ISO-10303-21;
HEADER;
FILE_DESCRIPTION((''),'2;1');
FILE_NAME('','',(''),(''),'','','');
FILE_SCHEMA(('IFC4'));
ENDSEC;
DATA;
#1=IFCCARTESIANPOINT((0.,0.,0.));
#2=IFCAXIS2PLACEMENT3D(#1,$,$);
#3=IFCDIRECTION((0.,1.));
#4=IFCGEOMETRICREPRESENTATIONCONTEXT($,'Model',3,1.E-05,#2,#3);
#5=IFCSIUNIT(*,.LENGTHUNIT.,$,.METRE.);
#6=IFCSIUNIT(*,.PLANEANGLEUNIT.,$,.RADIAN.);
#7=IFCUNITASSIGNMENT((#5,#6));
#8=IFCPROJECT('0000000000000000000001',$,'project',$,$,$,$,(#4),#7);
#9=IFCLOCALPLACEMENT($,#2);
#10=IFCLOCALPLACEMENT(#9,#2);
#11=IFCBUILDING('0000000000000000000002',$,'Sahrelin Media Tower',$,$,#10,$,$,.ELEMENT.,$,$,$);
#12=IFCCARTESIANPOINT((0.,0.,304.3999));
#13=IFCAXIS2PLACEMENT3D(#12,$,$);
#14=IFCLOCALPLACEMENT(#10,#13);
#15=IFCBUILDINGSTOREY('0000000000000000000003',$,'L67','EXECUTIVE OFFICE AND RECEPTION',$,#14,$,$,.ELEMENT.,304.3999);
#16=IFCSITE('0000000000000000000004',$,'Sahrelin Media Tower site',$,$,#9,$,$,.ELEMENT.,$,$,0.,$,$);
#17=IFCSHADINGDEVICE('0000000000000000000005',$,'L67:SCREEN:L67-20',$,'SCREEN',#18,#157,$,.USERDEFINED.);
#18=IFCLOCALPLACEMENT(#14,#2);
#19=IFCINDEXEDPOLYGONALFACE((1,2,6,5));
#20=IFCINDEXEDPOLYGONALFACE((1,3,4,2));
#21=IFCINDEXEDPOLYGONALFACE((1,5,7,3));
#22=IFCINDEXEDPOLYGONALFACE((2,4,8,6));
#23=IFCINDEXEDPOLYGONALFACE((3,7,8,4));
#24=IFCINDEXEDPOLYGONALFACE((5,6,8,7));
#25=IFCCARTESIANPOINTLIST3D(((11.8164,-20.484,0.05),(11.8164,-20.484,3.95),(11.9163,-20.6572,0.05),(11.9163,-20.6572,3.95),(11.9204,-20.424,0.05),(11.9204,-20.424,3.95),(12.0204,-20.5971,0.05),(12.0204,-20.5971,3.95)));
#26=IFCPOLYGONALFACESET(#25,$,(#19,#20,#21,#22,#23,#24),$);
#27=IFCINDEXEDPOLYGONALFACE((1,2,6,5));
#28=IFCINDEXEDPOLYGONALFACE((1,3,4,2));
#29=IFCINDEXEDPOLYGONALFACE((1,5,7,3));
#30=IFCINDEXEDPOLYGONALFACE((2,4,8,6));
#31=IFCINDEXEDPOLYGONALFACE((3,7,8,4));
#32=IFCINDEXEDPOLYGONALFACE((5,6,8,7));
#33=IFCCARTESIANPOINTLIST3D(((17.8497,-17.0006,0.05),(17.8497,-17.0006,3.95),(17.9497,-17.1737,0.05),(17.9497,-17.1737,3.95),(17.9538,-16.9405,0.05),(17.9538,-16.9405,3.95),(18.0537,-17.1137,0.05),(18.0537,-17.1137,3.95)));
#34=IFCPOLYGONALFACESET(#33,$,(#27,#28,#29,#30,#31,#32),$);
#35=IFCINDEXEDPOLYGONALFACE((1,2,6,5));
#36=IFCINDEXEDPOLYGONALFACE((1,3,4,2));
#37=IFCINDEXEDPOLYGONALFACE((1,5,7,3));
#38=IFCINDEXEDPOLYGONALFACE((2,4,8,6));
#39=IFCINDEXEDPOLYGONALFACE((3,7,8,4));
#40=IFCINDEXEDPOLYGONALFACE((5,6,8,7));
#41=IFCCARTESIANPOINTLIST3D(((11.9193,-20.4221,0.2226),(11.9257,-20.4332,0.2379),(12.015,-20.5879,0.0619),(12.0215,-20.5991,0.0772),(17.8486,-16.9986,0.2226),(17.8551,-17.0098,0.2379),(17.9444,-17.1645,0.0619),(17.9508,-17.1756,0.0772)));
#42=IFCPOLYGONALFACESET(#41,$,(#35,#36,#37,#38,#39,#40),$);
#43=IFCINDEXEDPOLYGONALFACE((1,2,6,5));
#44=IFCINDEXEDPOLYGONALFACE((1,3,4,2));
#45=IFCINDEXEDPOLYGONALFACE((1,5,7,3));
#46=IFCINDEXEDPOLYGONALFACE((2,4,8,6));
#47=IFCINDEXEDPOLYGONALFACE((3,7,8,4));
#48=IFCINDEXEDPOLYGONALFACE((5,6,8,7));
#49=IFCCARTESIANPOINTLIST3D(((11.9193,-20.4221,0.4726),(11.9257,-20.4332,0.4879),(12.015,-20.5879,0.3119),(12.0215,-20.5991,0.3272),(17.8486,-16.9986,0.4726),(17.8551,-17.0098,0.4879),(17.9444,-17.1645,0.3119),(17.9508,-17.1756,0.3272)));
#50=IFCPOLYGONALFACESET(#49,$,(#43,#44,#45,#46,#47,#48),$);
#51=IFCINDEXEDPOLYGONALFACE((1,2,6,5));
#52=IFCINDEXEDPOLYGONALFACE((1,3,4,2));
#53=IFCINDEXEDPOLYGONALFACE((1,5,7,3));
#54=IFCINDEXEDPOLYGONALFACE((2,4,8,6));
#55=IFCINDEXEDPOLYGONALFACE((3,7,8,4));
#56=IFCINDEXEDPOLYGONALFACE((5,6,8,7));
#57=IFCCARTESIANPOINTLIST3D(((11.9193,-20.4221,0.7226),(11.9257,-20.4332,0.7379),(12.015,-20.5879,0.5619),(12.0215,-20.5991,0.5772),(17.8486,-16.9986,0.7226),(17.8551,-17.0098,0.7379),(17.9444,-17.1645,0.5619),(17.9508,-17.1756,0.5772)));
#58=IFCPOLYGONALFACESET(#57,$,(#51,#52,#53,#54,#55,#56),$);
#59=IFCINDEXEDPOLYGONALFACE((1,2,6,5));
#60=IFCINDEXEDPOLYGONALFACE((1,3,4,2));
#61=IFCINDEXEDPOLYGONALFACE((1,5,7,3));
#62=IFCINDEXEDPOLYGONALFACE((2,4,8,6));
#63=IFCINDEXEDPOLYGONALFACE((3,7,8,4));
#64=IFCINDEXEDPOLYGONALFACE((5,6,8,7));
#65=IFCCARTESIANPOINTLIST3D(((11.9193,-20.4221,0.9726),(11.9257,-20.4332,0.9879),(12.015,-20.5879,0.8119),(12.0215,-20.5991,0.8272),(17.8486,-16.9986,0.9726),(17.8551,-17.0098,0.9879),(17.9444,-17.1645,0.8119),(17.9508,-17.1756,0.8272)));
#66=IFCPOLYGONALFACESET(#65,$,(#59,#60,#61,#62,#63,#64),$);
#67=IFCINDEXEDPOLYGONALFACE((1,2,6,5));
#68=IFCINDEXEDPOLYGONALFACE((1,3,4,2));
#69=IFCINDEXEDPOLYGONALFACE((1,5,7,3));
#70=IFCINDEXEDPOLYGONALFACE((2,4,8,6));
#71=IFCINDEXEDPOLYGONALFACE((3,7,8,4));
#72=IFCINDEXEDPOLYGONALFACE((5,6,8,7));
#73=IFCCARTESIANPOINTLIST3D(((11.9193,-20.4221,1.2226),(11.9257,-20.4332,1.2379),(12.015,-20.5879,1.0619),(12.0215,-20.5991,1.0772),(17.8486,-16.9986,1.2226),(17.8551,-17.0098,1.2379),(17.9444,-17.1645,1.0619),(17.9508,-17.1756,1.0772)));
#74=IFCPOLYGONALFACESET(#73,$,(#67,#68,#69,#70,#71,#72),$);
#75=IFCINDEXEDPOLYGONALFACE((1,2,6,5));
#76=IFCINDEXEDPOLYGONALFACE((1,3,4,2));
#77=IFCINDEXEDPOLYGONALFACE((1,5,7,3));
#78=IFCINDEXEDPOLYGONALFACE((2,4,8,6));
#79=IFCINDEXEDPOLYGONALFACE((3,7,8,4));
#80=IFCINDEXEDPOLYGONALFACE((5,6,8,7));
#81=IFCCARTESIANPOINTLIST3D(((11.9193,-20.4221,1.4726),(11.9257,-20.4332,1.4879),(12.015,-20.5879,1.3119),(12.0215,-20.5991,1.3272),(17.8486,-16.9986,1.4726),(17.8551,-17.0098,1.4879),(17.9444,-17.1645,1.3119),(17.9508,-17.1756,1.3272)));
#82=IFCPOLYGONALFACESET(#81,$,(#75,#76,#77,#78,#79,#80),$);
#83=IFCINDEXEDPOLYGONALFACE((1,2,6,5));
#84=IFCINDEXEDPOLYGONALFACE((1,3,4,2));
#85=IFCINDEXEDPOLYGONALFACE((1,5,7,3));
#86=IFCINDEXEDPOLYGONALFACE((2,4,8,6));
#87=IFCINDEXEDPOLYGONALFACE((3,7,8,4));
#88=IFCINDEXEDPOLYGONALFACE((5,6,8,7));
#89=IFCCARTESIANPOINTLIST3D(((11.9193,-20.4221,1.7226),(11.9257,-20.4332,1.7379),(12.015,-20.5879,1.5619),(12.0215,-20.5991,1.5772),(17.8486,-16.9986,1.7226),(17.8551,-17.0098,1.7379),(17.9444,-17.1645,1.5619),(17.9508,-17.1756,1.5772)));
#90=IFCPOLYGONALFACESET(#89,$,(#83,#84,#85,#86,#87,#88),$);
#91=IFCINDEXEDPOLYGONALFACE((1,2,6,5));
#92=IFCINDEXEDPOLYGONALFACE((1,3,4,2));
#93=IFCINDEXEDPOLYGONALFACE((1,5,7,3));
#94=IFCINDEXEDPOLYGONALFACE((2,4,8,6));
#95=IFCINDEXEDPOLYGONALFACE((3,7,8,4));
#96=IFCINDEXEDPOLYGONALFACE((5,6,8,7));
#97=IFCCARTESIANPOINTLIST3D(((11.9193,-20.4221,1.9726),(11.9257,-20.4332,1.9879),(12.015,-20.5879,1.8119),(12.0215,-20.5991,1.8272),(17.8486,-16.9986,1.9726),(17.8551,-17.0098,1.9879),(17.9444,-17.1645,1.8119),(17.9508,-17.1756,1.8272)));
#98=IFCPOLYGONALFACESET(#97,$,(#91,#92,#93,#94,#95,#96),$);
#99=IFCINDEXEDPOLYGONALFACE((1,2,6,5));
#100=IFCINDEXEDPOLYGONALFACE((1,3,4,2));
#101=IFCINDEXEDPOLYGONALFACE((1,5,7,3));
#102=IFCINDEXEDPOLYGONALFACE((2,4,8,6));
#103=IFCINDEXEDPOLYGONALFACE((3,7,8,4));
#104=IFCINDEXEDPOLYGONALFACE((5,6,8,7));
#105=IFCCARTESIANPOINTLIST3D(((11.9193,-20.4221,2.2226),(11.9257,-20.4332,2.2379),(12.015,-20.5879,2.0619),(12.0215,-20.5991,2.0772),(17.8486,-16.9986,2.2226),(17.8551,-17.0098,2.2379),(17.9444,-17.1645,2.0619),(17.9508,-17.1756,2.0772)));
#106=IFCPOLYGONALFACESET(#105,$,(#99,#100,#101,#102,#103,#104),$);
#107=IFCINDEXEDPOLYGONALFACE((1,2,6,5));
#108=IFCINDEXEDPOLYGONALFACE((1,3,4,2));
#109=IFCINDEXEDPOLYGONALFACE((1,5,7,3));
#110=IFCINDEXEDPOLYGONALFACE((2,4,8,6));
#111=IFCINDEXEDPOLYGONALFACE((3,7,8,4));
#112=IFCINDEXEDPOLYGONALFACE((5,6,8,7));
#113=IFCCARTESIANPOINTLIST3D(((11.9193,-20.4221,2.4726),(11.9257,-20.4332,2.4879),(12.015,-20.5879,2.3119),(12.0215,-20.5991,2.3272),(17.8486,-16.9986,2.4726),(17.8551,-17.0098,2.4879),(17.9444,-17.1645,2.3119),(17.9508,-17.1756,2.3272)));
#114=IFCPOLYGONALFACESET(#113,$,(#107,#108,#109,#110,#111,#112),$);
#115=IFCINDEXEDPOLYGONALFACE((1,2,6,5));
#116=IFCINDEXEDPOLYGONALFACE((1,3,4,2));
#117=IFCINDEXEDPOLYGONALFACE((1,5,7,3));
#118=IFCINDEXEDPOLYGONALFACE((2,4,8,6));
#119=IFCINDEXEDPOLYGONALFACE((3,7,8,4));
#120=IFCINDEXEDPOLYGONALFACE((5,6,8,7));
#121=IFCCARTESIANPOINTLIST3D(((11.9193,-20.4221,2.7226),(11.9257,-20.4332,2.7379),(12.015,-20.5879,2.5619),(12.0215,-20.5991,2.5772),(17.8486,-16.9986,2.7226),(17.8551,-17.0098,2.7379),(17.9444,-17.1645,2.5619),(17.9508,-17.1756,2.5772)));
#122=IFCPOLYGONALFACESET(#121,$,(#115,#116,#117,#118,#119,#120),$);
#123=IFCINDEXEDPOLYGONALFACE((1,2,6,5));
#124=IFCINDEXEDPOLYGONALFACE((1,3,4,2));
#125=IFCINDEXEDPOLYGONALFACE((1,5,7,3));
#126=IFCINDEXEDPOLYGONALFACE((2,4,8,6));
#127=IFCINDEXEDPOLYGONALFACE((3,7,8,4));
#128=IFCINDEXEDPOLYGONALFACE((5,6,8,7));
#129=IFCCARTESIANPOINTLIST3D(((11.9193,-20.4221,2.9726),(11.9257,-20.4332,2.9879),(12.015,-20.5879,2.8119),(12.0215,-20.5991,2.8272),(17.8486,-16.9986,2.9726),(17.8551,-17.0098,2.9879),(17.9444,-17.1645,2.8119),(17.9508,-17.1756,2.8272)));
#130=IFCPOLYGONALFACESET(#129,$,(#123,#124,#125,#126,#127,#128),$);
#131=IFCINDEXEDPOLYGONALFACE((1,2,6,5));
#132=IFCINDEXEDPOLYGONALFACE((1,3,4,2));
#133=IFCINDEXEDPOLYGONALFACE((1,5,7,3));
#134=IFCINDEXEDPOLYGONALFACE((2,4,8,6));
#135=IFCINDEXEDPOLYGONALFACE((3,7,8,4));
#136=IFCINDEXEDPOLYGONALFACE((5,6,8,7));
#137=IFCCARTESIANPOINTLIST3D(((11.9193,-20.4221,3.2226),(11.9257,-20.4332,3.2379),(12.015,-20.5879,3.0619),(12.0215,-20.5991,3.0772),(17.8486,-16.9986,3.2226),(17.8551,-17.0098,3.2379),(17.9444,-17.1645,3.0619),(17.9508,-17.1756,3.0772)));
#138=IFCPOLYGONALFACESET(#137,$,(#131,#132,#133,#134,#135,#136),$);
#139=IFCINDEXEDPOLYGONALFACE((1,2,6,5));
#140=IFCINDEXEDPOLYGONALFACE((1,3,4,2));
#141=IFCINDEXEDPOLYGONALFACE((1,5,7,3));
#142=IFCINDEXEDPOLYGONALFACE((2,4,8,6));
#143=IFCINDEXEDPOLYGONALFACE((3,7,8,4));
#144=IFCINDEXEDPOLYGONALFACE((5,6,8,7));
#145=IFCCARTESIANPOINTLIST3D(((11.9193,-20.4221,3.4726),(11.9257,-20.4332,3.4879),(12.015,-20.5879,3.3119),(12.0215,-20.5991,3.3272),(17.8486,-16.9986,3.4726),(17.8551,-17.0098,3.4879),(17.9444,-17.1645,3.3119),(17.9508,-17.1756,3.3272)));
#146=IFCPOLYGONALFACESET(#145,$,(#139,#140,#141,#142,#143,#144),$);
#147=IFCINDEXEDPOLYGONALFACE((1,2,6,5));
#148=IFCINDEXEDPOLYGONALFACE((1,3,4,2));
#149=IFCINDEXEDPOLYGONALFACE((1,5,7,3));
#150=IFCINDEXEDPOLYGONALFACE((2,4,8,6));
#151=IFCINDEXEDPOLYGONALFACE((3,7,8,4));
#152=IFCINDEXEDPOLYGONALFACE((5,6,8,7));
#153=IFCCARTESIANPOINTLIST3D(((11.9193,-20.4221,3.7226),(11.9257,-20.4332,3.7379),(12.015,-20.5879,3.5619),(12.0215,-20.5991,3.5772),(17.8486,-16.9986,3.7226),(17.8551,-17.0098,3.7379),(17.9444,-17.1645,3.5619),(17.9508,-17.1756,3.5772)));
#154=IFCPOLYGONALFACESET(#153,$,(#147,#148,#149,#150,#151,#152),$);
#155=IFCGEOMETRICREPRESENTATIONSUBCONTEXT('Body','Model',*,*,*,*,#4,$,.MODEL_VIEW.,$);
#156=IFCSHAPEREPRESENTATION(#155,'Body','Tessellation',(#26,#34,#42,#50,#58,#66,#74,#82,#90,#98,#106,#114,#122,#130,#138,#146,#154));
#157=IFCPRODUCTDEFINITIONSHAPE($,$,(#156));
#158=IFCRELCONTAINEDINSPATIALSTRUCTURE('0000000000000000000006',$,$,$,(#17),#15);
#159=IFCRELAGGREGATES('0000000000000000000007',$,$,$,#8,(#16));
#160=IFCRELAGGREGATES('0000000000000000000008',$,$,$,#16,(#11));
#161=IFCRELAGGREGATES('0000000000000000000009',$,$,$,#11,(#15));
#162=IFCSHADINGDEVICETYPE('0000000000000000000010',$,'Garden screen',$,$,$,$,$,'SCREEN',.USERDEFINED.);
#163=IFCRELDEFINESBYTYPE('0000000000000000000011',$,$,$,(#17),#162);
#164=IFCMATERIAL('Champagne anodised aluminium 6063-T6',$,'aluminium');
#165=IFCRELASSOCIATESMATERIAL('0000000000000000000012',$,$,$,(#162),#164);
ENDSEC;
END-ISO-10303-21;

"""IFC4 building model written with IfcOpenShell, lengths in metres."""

from ifc_helpers import new_model, si_unit, direction, frame, origin, origin_2d, place, context, subcontext, project, spatial, rectangle, extrude, material, type_object, element, save


model = new_model("IFC4")

# Units and contexts
model_context = context("Model", 3, precision=1e-05, world=origin(), true_north=direction((0.0, 1.0)))
body_context = subcontext(model_context, "Body", "Model", "MODEL_VIEW")
ifc_project = project(units=[si_unit("LENGTHUNIT", "METRE"), si_unit("PLANEANGLEUNIT", "RADIAN")], contexts=[model_context])

# Site, building, storey
site_placement = place(None, origin())
site = spatial("IfcSite", under=ifc_project, at=site_placement, Name="Sahrelin Media Tower site", CompositionType="ELEMENT", RefElevation=0.0)
building_placement = place(site_placement, origin())
building = spatial("IfcBuilding", under=site, at=building_placement, Name="Sahrelin Media Tower", CompositionType="ELEMENT")
storey_placement = place(building_placement, frame((0.0, 0.0, 304.3999)))
storey = spatial("IfcBuildingStorey", under=building, at=storey_placement, Name="L67", Description="EXECUTIVE OFFICE AND RECEPTION", CompositionType="ELEMENT", Elevation=304.3999)

# Shading device
ifc_material_1 = material(Name="Champagne anodised aluminium 6063-T6", Category="aluminium")
shading_device_type = type_object("IfcShadingDeviceType", Name="Garden screen", ElementType="SCREEN", PredefinedType="USERDEFINED", material=ifc_material_1)
shading_device_1_placement = place(storey_placement, frame((14.885, -18.7122, 0.0), z_axis=(0.0, 0.0, 1.0), x_axis=(-0.866019, -0.500011, 0.0)))
element("IfcShadingDevice", 1, at=shading_device_1_placement, inside=storey, type_object=shading_device_type, Name="L67:SCREEN:L67-20", ObjectType="SCREEN", PredefinedType="USERDEFINED", context=body_context, shape_type="SweptSolid", body=[
    extrude(rectangle(XDim=0.1201, YDim=0.2, at=origin_2d()), frame((3.4834, 0.1001, 0.05), z_axis=(0.0, 0.0, 1.0), x_axis=(1.0, 0.0, 0.0)), (0.0, 0.0, 1.0), 3.8999),
    extrude(rectangle(XDim=0.1201, YDim=0.2, at=origin_2d()), frame((-3.4834, 0.1001, 0.05), z_axis=(0.0, 0.0, 1.0), x_axis=(1.0, 0.0, 0.0)), (0.0, 0.0, 1.0), 3.8999),
    extrude(rectangle(XDim=0.25, YDim=0.02, at=origin_2d()), frame((3.4233, 0.1001, 0.1499), z_axis=(-1.0, 0.0, 0.0), x_axis=(0.0, -0.766044, 0.642788)), (0.0, 0.0, 1.0), 6.8467),
    extrude(rectangle(XDim=0.25, YDim=0.02, at=origin_2d()), frame((3.4233, 0.1001, 0.3999), z_axis=(-1.0, 0.0, 0.0), x_axis=(0.0, -0.766044, 0.642788)), (0.0, 0.0, 1.0), 6.8467),
    extrude(rectangle(XDim=0.25, YDim=0.02, at=origin_2d()), frame((3.4233, 0.1001, 0.6499), z_axis=(-1.0, 0.0, 0.0), x_axis=(0.0, -0.766044, 0.642788)), (0.0, 0.0, 1.0), 6.8467),
    extrude(rectangle(XDim=0.25, YDim=0.02, at=origin_2d()), frame((3.4233, 0.1001, 0.8999), z_axis=(-1.0, 0.0, 0.0), x_axis=(0.0, -0.766044, 0.642788)), (0.0, 0.0, 1.0), 6.8467),
    extrude(rectangle(XDim=0.25, YDim=0.02, at=origin_2d()), frame((3.4233, 0.1001, 1.1499), z_axis=(-1.0, 0.0, 0.0), x_axis=(0.0, -0.766044, 0.642788)), (0.0, 0.0, 1.0), 6.8467),
    extrude(rectangle(XDim=0.25, YDim=0.02, at=origin_2d()), frame((3.4233, 0.1001, 1.3999), z_axis=(-1.0, 0.0, 0.0), x_axis=(0.0, -0.766044, 0.642788)), (0.0, 0.0, 1.0), 6.8467),
    extrude(rectangle(XDim=0.25, YDim=0.02, at=origin_2d()), frame((3.4233, 0.1001, 1.6499), z_axis=(-1.0, 0.0, 0.0), x_axis=(0.0, -0.766044, 0.642788)), (0.0, 0.0, 1.0), 6.8467),
    extrude(rectangle(XDim=0.25, YDim=0.02, at=origin_2d()), frame((3.4233, 0.1001, 1.8999), z_axis=(-1.0, 0.0, 0.0), x_axis=(0.0, -0.766044, 0.642788)), (0.0, 0.0, 1.0), 6.8467),
    extrude(rectangle(XDim=0.25, YDim=0.02, at=origin_2d()), frame((3.4233, 0.1001, 2.1499), z_axis=(-1.0, 0.0, 0.0), x_axis=(0.0, -0.766044, 0.642788)), (0.0, 0.0, 1.0), 6.8467),
    extrude(rectangle(XDim=0.25, YDim=0.02, at=origin_2d()), frame((3.4233, 0.1001, 2.3999), z_axis=(-1.0, 0.0, 0.0), x_axis=(0.0, -0.766044, 0.642788)), (0.0, 0.0, 1.0), 6.8467),
    extrude(rectangle(XDim=0.25, YDim=0.02, at=origin_2d()), frame((3.4233, 0.1001, 2.6499), z_axis=(-1.0, 0.0, 0.0), x_axis=(0.0, -0.766044, 0.642788)), (0.0, 0.0, 1.0), 6.8467),
    extrude(rectangle(XDim=0.25, YDim=0.02, at=origin_2d()), frame((3.4233, 0.1001, 2.8999), z_axis=(-1.0, 0.0, 0.0), x_axis=(0.0, -0.766044, 0.642788)), (0.0, 0.0, 1.0), 6.8467),
    extrude(rectangle(XDim=0.25, YDim=0.02, at=origin_2d()), frame((3.4233, 0.1001, 3.1499), z_axis=(-1.0, 0.0, 0.0), x_axis=(0.0, -0.766044, 0.642788)), (0.0, 0.0, 1.0), 6.8467),
    extrude(rectangle(XDim=0.25, YDim=0.02, at=origin_2d()), frame((3.4233, 0.1001, 3.3999), z_axis=(-1.0, 0.0, 0.0), x_axis=(0.0, -0.766044, 0.642788)), (0.0, 0.0, 1.0), 6.8467),
    extrude(rectangle(XDim=0.25, YDim=0.02, at=origin_2d()), frame((3.4233, 0.1001, 3.6499), z_axis=(-1.0, 0.0, 0.0), x_axis=(0.0, -0.766044, 0.642788)), (0.0, 0.0, 1.0), 6.8467),
])

save(model, "model.ifc")
